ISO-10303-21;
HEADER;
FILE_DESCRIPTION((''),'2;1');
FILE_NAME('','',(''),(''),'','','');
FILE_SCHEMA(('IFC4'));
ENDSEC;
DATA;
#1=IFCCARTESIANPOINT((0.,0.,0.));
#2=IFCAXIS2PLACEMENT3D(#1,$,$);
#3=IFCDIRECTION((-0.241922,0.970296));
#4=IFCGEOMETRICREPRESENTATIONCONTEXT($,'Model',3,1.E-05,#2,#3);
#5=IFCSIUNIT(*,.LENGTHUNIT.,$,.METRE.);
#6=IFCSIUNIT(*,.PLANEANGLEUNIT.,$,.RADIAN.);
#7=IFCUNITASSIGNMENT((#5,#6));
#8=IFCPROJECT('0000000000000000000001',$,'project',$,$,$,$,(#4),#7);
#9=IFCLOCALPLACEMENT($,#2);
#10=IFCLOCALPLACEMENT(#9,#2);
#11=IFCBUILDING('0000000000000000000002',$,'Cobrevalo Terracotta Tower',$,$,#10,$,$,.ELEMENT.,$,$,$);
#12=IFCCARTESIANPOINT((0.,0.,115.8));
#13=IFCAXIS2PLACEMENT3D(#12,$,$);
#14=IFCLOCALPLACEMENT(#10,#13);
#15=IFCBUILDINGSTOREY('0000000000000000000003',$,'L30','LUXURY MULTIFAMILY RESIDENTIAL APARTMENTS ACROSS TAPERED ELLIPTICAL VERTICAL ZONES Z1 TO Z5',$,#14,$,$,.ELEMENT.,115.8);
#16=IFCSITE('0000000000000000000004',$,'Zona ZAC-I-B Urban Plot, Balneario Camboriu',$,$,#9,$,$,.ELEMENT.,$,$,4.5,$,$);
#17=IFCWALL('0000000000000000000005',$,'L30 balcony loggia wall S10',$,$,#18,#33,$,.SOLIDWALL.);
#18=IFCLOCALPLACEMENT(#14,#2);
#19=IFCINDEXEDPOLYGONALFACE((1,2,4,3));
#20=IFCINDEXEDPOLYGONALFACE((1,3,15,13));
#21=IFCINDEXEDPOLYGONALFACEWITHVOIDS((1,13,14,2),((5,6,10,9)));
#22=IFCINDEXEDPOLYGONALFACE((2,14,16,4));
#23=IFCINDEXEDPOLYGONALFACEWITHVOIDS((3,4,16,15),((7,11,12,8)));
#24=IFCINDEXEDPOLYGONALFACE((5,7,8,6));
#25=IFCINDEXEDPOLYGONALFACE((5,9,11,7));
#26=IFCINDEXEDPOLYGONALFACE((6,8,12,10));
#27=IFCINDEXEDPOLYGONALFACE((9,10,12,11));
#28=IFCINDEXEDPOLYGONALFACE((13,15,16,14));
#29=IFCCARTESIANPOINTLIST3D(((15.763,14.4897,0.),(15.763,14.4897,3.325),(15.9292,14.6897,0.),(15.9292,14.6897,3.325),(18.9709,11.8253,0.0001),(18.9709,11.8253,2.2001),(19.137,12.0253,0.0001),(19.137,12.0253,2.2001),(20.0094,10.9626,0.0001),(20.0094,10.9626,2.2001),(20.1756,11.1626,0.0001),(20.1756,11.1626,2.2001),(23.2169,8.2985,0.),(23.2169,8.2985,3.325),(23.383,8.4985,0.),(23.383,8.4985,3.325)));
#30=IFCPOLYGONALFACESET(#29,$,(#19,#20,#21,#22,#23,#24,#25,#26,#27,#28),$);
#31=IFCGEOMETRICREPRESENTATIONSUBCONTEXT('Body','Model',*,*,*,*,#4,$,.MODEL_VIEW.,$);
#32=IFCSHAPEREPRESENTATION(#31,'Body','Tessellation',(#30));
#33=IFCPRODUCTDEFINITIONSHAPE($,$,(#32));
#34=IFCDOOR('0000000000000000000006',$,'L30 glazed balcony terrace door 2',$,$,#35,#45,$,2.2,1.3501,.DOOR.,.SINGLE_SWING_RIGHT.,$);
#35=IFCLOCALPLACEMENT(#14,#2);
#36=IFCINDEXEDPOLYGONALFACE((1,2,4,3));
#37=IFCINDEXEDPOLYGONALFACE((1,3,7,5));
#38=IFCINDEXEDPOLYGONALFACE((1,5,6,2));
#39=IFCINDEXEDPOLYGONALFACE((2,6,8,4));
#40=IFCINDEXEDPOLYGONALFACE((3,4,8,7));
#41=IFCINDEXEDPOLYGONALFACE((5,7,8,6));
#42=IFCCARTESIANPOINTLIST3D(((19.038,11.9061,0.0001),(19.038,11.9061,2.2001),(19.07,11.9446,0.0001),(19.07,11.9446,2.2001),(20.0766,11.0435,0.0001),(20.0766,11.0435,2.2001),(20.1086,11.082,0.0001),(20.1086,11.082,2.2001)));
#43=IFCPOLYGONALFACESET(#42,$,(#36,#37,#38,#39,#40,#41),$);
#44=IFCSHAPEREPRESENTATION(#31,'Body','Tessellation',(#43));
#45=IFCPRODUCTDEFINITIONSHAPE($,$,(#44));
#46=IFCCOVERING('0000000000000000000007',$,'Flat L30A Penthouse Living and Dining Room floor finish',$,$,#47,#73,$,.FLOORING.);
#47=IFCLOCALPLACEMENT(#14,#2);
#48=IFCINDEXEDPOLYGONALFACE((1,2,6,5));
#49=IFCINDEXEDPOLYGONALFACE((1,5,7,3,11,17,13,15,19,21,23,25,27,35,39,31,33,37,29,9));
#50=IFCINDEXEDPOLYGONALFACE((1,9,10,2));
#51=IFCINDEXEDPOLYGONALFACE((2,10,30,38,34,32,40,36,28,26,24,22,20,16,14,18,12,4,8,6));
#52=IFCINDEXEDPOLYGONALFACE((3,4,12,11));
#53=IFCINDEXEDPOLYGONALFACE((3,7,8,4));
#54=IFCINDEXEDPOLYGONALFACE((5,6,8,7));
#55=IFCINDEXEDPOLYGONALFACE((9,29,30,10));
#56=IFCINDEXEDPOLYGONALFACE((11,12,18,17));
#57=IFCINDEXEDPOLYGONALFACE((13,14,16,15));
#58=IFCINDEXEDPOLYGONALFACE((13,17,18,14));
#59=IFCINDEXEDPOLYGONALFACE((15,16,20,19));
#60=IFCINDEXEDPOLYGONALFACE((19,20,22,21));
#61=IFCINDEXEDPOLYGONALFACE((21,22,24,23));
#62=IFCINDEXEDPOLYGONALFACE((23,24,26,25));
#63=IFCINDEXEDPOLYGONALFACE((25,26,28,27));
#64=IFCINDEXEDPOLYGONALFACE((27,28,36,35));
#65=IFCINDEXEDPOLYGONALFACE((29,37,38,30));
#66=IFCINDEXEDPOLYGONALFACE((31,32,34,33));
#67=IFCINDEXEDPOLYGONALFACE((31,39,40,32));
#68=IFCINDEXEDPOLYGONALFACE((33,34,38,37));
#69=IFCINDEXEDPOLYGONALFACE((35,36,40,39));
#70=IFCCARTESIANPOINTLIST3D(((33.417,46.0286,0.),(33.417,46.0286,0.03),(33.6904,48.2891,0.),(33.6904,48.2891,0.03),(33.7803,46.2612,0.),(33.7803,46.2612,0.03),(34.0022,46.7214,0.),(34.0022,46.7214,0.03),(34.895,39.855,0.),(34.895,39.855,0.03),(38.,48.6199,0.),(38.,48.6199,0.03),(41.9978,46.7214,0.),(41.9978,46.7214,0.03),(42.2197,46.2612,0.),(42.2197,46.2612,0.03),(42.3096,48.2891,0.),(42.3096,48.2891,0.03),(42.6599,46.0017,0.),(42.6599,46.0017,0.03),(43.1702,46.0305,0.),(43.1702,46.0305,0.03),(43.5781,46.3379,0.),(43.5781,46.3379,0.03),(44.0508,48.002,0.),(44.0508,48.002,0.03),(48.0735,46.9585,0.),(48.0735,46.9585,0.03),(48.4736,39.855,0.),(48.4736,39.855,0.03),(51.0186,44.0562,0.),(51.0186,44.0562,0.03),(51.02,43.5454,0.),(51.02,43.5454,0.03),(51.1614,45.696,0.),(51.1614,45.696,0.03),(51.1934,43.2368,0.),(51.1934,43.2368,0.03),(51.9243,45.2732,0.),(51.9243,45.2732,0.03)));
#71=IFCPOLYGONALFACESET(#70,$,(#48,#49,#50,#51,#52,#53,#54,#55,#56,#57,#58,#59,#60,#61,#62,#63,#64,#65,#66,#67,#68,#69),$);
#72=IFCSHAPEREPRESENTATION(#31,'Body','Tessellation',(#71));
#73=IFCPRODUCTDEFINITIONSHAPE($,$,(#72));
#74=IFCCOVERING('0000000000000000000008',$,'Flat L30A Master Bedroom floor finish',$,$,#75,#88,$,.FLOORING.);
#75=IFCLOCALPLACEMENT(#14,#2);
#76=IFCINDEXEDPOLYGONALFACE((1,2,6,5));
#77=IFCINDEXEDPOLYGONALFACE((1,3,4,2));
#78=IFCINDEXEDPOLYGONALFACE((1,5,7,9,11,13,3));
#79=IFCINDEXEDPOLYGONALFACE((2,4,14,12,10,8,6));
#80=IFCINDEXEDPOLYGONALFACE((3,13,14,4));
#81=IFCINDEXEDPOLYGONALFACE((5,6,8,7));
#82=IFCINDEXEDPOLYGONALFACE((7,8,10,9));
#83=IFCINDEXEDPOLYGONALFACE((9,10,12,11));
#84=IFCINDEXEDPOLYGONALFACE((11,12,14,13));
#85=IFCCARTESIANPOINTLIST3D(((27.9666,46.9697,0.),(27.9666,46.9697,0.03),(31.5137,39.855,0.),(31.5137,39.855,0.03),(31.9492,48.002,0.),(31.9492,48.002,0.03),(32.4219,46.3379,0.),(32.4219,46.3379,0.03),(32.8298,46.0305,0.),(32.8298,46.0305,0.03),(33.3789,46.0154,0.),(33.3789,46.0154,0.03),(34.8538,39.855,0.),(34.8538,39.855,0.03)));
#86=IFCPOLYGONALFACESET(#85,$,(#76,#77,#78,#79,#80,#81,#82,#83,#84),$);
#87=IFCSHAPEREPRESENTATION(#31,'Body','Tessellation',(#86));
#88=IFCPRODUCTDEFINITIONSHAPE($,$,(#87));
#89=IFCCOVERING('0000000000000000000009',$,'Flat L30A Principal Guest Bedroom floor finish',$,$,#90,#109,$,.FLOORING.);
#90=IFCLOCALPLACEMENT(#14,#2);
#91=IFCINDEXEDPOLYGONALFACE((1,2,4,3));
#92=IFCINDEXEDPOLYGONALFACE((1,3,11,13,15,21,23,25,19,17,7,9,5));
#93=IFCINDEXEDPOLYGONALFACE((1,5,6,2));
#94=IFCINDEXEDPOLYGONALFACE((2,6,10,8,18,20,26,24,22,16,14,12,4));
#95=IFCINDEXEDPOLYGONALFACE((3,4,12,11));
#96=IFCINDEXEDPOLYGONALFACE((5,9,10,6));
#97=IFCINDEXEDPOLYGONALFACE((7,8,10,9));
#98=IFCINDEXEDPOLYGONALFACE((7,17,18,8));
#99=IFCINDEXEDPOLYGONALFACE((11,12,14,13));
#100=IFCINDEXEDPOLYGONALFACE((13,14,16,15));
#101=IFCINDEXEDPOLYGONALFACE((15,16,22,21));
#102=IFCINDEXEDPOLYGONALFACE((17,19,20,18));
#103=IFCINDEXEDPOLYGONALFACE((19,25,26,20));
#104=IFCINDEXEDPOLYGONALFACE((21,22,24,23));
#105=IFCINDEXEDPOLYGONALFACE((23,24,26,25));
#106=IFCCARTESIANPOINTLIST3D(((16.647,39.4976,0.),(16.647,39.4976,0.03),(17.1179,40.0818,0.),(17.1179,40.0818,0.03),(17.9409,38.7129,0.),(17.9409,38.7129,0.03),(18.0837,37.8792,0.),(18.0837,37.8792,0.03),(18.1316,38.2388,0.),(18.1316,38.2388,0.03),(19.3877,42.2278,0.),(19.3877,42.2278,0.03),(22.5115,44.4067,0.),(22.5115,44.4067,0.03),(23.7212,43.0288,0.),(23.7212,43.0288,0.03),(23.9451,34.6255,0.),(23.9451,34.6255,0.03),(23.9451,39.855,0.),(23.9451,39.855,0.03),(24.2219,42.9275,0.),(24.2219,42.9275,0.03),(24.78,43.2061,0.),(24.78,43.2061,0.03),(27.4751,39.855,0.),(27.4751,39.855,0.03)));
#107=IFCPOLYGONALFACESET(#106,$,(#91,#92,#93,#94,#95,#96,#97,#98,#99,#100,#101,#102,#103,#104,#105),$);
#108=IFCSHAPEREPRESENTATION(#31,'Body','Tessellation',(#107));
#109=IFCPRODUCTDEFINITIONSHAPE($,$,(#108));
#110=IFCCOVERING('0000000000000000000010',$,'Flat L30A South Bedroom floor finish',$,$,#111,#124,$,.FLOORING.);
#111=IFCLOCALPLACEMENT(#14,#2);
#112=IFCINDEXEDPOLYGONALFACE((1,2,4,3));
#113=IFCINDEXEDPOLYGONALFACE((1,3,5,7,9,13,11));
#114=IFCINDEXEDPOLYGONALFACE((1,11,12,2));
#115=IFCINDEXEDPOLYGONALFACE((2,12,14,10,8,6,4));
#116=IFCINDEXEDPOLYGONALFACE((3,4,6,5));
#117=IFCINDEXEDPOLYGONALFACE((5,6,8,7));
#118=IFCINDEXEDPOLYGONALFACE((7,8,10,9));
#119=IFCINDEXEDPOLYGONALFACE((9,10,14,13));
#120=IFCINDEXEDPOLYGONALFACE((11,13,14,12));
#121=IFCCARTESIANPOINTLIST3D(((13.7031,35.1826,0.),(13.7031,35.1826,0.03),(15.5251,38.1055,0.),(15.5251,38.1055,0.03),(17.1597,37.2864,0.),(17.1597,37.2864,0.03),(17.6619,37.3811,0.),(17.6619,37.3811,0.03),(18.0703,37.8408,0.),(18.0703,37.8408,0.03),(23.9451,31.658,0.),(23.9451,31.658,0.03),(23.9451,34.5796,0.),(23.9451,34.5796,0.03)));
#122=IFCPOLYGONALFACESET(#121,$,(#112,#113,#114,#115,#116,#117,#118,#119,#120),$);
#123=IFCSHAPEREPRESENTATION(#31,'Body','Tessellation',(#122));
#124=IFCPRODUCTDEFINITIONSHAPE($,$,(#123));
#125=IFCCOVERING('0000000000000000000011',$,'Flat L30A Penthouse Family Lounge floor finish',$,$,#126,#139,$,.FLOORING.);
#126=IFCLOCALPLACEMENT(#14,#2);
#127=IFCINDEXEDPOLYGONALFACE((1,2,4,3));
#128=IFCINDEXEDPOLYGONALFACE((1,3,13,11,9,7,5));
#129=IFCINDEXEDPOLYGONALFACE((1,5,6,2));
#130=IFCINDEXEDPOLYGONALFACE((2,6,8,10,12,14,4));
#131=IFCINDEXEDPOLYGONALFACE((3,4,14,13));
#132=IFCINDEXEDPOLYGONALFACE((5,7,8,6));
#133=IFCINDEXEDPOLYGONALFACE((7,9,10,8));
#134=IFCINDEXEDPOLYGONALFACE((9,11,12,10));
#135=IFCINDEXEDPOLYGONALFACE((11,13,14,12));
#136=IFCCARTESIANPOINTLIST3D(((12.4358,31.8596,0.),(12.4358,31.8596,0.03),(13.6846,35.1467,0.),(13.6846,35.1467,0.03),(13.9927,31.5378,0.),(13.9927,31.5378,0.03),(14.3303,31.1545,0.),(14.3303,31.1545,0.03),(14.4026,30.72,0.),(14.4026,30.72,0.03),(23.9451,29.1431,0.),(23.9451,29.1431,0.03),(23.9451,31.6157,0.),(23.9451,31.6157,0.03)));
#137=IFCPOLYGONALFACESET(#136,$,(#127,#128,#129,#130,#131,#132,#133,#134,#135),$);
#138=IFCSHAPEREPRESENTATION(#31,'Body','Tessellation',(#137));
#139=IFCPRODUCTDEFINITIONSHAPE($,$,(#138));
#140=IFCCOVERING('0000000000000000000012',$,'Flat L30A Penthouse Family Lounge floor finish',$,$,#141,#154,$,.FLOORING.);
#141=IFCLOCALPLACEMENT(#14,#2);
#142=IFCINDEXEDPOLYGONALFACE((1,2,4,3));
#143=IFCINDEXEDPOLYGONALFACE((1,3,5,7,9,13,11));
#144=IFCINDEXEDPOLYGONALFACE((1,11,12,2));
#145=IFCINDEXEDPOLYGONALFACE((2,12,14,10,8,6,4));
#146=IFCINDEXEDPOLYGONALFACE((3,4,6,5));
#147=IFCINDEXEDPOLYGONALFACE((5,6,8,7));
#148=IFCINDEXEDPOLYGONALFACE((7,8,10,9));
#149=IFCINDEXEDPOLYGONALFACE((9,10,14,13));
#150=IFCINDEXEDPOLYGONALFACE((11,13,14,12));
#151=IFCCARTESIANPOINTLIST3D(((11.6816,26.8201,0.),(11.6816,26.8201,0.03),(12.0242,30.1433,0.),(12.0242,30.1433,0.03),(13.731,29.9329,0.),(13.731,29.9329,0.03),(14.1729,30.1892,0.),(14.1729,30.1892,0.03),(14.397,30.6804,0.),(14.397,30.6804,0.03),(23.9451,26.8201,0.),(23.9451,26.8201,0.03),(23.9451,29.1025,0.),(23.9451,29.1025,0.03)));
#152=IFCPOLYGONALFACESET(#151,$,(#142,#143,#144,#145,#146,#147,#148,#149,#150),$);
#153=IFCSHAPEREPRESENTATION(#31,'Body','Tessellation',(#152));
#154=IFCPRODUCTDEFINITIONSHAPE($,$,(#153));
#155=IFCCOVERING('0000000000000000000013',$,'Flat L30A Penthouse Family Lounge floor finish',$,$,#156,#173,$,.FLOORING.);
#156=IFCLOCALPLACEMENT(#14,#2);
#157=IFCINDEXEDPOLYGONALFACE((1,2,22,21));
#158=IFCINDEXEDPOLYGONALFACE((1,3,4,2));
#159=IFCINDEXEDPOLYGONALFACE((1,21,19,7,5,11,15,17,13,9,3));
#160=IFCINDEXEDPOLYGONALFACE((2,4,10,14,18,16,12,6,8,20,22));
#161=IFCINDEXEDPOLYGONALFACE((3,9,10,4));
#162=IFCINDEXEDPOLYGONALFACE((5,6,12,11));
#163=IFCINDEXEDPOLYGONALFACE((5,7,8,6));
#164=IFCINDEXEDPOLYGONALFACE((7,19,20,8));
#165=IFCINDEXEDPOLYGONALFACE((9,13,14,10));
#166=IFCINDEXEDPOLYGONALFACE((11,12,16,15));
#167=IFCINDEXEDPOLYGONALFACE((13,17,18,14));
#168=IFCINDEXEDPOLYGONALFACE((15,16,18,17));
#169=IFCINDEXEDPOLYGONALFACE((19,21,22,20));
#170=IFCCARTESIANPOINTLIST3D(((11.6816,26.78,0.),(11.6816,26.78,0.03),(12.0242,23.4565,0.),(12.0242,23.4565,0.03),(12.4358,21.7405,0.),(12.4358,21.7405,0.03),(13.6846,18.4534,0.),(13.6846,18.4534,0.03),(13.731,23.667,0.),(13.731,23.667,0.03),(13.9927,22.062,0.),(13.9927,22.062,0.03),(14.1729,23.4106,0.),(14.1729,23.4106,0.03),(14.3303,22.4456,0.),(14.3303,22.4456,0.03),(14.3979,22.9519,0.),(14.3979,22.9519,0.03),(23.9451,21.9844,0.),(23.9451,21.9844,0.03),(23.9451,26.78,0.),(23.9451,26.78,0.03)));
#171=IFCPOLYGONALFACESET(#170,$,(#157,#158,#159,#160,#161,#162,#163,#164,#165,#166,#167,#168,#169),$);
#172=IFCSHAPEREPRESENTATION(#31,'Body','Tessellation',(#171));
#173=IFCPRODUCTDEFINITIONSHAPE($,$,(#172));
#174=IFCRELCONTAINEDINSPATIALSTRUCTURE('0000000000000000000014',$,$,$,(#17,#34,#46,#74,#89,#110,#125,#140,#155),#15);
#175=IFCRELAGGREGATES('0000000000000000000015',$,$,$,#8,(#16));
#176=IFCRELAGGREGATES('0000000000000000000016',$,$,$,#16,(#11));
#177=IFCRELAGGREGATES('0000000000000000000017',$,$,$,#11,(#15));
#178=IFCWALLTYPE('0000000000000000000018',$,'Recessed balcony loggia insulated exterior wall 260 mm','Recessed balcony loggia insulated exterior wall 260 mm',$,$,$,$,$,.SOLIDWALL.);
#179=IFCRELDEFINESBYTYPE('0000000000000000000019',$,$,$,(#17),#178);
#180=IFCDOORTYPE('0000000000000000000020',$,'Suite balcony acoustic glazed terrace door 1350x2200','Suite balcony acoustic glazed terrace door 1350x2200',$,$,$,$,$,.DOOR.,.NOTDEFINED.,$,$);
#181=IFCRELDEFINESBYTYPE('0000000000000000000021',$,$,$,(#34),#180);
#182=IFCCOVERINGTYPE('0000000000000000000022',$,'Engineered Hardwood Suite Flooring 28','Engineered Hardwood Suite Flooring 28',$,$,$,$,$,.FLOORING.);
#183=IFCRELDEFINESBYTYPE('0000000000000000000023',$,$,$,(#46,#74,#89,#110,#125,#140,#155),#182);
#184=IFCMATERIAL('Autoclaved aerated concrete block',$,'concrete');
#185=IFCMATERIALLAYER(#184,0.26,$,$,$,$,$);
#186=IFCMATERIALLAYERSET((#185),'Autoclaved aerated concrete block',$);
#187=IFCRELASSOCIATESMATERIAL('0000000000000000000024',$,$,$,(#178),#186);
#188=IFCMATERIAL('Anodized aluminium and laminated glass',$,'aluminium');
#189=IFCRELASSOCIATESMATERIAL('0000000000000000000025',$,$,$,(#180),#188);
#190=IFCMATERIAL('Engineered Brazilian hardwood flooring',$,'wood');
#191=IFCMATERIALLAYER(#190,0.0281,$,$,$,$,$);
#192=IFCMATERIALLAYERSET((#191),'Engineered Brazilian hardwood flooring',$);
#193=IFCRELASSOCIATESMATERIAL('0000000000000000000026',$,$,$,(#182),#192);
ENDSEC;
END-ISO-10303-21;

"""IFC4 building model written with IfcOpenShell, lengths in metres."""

from ifc_helpers import new_model, si_unit, direction, frame, frame_2d, origin, place, context, subcontext, project, spatial, polyline, rectangle, outline, extrude, source, transform, mapped, material, layer, layer_set, type_object, element, fill, save


model = new_model("IFC4")

# Units and contexts
model_context = context("Model", 3, precision=1e-05, world=origin(), true_north=direction((-0.241922, 0.970296)))
body_context = subcontext(model_context, "Body", "Model", "MODEL_VIEW")
ifc_project = project(units=[si_unit("LENGTHUNIT", "METRE"), si_unit("PLANEANGLEUNIT", "RADIAN")], contexts=[model_context])

# Site, building, storey
site_placement = place(None, origin())
site = spatial("IfcSite", under=ifc_project, at=site_placement, Name="Zona ZAC-I-B Urban Plot, Balneario Camboriu", CompositionType="ELEMENT", RefElevation=4.5)
building_placement = place(site_placement, origin())
building = spatial("IfcBuilding", under=site, at=building_placement, Name="Cobrevalo Terracotta Tower", CompositionType="ELEMENT")
storey_placement = place(building_placement, frame((0.0, 0.0, 115.8)))
storey = spatial("IfcBuildingStorey", under=building, at=storey_placement, Name="L30", Description="LUXURY MULTIFAMILY RESIDENTIAL APARTMENTS ACROSS TAPERED ELLIPTICAL VERTICAL ZONES Z1 TO Z5", CompositionType="ELEMENT", Elevation=115.8)

# Wall, opening, door
ifc_material_1 = material(Name="Autoclaved aerated concrete block", Category="concrete")
ifc_layer_1 = layer(ifc_material_1, 0.26)
ifc_layer_set_1 = layer_set([ifc_layer_1], Name="Autoclaved aerated concrete block")
wall_type = type_object("IfcWallType", Name="Recessed balcony loggia insulated exterior wall 260 mm", Description="Recessed balcony loggia insulated exterior wall 260 mm", PredefinedType="SOLIDWALL", material=ifc_layer_set_1)
wall_placement = place(storey_placement, frame((15.8462, 14.5896, 0.0), z_axis=(0.0, 0.0, 1.0), x_axis=(0.769255, -0.638942, 0.0)))
wall = element("IfcWall", 1, at=wall_placement, inside=storey, type_object=wall_type, Name="L30 balcony loggia wall S10", PredefinedType="SOLIDWALL", context=body_context, shape_type="SweptSolid", body=[
    extrude(rectangle(XDim=9.6897, YDim=0.26, at=frame_2d((4.8447, 0.0))), origin(), (0.0, 0.0, 1.0), 3.325),
])
opening_placement = place(wall_placement, frame((4.1699, 0.0, 0.0)))
opening = element("IfcOpeningElement", 2, at=opening_placement, cuts=wall, PredefinedType="OPENING", context=body_context, shape_type="SweptSolid", body=[
    extrude(rectangle(XDim=1.3501, YDim=2.2, at=frame_2d((0.675, 1.1001))), frame((0.0, 0.1401, 0.0), z_axis=(0.0, -1.0, 0.0), x_axis=(1.0, 0.0, 0.0)), (0.0, 0.0, 1.0), 0.28),
])
ifc_material_2 = material(Name="Anodized aluminium and laminated glass", Category="aluminium")
door_type = type_object("IfcDoorType", Name="Suite balcony acoustic glazed terrace door 1350x2200", Description="Suite balcony acoustic glazed terrace door 1350x2200", OperationType="NOTDEFINED", PredefinedType="DOOR", material=ifc_material_2)
shared_shape_1 = source(origin(), body_context, "Body", "SweptSolid", [
    extrude(rectangle(XDim=1.3501, YDim=2.2, at=frame_2d((0.675, 1.1001))), frame((0.0, 0.0249, 0.0), z_axis=(0.0, -1.0, 0.0), x_axis=(1.0, 0.0, 0.0)), (0.0, 0.0, 1.0), 0.05),
])
door_placement = place(opening_placement, frame((1.3501, 0.0, 0.0), z_axis=(0.0, 0.0, 1.0), x_axis=(-1.0, 0.0, 0.0)))
door = element("IfcDoor", 3, at=door_placement, inside=storey, type_object=door_type, Name="L30 glazed balcony terrace door 2", OperationType="SINGLE_SWING_RIGHT", OverallHeight=2.2, OverallWidth=1.3501, PredefinedType="DOOR", context=body_context, shape_type="MappedRepresentation", body=[
    mapped(shared_shape_1, transform((0.0, 0.0, 0.0), scale=1.0)),
])
fill(opening, door)

# Coverings
ifc_material_3 = material(Name="Engineered Brazilian hardwood flooring", Category="wood")
ifc_layer_2 = layer(ifc_material_3, 0.0281)
ifc_layer_set_2 = layer_set([ifc_layer_2], Name="Engineered Brazilian hardwood flooring")
covering_type_1 = type_object("IfcCoveringType", Name="Engineered Hardwood Suite Flooring 28", Description="Engineered Hardwood Suite Flooring 28", PredefinedType="FLOORING", material=ifc_layer_set_2)
covering_1_placement = place(storey_placement, origin())
element("IfcCovering", 4, at=covering_1_placement, inside=storey, type_object=covering_type_1, Name="Flat L30A Penthouse Living and Dining Room floor finish", PredefinedType="FLOORING", context=body_context, shape_type="SweptSolid", body=[
    extrude(outline(polyline([(38.0, 48.6199), (42.3096, 48.2891), (41.9978, 46.7214), (42.2197, 46.2612), (42.6599, 46.0017), (43.1702, 46.0305), (43.5781, 46.3379), (44.0508, 48.002), (48.0735, 46.9585), (51.1614, 45.696), (51.9243, 45.2732), (51.0186, 44.0562), (51.02, 43.5454), (51.1934, 43.2368), (48.4736, 39.855), (34.895, 39.855), (33.417, 46.0286), (33.7803, 46.2612), (34.0022, 46.7214), (33.6904, 48.2891), (38.0, 48.6199)])), origin(), (0.0, 0.0, 1.0), 0.03),
])
covering_2_placement = place(storey_placement, origin())
element("IfcCovering", 5, at=covering_2_placement, inside=storey, type_object=covering_type_1, Name="Flat L30A Master Bedroom floor finish", PredefinedType="FLOORING", context=body_context, shape_type="SweptSolid", body=[
    extrude(outline(polyline([(31.9492, 48.002), (32.4219, 46.3379), (32.8298, 46.0305), (33.3789, 46.0154), (34.8538, 39.855), (31.5137, 39.855), (27.9666, 46.9697), (31.9492, 48.002)])), origin(), (0.0, 0.0, 1.0), 0.03),
])
covering_3_placement = place(storey_placement, origin())
element("IfcCovering", 6, at=covering_3_placement, inside=storey, type_object=covering_type_1, Name="Flat L30A Principal Guest Bedroom floor finish", PredefinedType="FLOORING", context=body_context, shape_type="SweptSolid", body=[
    extrude(outline(polyline([(19.3877, 42.2278), (22.5115, 44.4067), (23.7212, 43.0288), (24.2219, 42.9275), (24.78, 43.2061), (27.4751, 39.855), (23.9451, 39.855), (23.9451, 34.6255), (18.0837, 37.8792), (18.1316, 38.2388), (17.9409, 38.7129), (16.647, 39.4976), (17.1179, 40.0818), (19.3877, 42.2278)])), origin(), (0.0, 0.0, 1.0), 0.03),
])
covering_4_placement = place(storey_placement, origin())
element("IfcCovering", 7, at=covering_4_placement, inside=storey, type_object=covering_type_1, Name="Flat L30A South Bedroom floor finish", PredefinedType="FLOORING", context=body_context, shape_type="SweptSolid", body=[
    extrude(outline(polyline([(15.5251, 38.1055), (17.1597, 37.2864), (17.6619, 37.3811), (18.0703, 37.8408), (23.9451, 34.5796), (23.9451, 31.658), (13.7031, 35.1826), (15.5251, 38.1055)])), origin(), (0.0, 0.0, 1.0), 0.03),
])
covering_5_placement = place(storey_placement, origin())
element("IfcCovering", 8, at=covering_5_placement, inside=storey, type_object=covering_type_1, Name="Flat L30A Penthouse Family Lounge floor finish", PredefinedType="FLOORING", context=body_context, shape_type="SweptSolid", body=[
    extrude(outline(polyline([(13.6846, 35.1467), (23.9451, 31.6157), (23.9451, 29.1431), (14.4026, 30.72), (14.3303, 31.1545), (13.9927, 31.5378), (12.4358, 31.8596), (13.6846, 35.1467)])), origin(), (0.0, 0.0, 1.0), 0.03),
])
covering_6_placement = place(storey_placement, origin())
element("IfcCovering", 9, at=covering_6_placement, inside=storey, type_object=covering_type_1, Name="Flat L30A Penthouse Family Lounge floor finish", PredefinedType="FLOORING", context=body_context, shape_type="SweptSolid", body=[
    extrude(outline(polyline([(12.0242, 30.1433), (13.731, 29.9329), (14.1729, 30.1892), (14.397, 30.6804), (23.9451, 29.1025), (23.9451, 26.8201), (11.6816, 26.8201), (12.0242, 30.1433)])), origin(), (0.0, 0.0, 1.0), 0.03),
])
covering_7_placement = place(storey_placement, origin())
element("IfcCovering", 10, at=covering_7_placement, inside=storey, type_object=covering_type_1, Name="Flat L30A Penthouse Family Lounge floor finish", PredefinedType="FLOORING", context=body_context, shape_type="SweptSolid", body=[
    extrude(outline(polyline([(13.6846, 18.4534), (12.4358, 21.7405), (13.9927, 22.062), (14.3303, 22.4456), (14.3979, 22.9519), (14.1729, 23.4106), (13.731, 23.667), (12.0242, 23.4565), (11.6816, 26.78), (23.9451, 26.78), (23.9451, 21.9844), (13.6846, 18.4534)])), origin(), (0.0, 0.0, 1.0), 0.03),
])

save(model, "model.ifc")
